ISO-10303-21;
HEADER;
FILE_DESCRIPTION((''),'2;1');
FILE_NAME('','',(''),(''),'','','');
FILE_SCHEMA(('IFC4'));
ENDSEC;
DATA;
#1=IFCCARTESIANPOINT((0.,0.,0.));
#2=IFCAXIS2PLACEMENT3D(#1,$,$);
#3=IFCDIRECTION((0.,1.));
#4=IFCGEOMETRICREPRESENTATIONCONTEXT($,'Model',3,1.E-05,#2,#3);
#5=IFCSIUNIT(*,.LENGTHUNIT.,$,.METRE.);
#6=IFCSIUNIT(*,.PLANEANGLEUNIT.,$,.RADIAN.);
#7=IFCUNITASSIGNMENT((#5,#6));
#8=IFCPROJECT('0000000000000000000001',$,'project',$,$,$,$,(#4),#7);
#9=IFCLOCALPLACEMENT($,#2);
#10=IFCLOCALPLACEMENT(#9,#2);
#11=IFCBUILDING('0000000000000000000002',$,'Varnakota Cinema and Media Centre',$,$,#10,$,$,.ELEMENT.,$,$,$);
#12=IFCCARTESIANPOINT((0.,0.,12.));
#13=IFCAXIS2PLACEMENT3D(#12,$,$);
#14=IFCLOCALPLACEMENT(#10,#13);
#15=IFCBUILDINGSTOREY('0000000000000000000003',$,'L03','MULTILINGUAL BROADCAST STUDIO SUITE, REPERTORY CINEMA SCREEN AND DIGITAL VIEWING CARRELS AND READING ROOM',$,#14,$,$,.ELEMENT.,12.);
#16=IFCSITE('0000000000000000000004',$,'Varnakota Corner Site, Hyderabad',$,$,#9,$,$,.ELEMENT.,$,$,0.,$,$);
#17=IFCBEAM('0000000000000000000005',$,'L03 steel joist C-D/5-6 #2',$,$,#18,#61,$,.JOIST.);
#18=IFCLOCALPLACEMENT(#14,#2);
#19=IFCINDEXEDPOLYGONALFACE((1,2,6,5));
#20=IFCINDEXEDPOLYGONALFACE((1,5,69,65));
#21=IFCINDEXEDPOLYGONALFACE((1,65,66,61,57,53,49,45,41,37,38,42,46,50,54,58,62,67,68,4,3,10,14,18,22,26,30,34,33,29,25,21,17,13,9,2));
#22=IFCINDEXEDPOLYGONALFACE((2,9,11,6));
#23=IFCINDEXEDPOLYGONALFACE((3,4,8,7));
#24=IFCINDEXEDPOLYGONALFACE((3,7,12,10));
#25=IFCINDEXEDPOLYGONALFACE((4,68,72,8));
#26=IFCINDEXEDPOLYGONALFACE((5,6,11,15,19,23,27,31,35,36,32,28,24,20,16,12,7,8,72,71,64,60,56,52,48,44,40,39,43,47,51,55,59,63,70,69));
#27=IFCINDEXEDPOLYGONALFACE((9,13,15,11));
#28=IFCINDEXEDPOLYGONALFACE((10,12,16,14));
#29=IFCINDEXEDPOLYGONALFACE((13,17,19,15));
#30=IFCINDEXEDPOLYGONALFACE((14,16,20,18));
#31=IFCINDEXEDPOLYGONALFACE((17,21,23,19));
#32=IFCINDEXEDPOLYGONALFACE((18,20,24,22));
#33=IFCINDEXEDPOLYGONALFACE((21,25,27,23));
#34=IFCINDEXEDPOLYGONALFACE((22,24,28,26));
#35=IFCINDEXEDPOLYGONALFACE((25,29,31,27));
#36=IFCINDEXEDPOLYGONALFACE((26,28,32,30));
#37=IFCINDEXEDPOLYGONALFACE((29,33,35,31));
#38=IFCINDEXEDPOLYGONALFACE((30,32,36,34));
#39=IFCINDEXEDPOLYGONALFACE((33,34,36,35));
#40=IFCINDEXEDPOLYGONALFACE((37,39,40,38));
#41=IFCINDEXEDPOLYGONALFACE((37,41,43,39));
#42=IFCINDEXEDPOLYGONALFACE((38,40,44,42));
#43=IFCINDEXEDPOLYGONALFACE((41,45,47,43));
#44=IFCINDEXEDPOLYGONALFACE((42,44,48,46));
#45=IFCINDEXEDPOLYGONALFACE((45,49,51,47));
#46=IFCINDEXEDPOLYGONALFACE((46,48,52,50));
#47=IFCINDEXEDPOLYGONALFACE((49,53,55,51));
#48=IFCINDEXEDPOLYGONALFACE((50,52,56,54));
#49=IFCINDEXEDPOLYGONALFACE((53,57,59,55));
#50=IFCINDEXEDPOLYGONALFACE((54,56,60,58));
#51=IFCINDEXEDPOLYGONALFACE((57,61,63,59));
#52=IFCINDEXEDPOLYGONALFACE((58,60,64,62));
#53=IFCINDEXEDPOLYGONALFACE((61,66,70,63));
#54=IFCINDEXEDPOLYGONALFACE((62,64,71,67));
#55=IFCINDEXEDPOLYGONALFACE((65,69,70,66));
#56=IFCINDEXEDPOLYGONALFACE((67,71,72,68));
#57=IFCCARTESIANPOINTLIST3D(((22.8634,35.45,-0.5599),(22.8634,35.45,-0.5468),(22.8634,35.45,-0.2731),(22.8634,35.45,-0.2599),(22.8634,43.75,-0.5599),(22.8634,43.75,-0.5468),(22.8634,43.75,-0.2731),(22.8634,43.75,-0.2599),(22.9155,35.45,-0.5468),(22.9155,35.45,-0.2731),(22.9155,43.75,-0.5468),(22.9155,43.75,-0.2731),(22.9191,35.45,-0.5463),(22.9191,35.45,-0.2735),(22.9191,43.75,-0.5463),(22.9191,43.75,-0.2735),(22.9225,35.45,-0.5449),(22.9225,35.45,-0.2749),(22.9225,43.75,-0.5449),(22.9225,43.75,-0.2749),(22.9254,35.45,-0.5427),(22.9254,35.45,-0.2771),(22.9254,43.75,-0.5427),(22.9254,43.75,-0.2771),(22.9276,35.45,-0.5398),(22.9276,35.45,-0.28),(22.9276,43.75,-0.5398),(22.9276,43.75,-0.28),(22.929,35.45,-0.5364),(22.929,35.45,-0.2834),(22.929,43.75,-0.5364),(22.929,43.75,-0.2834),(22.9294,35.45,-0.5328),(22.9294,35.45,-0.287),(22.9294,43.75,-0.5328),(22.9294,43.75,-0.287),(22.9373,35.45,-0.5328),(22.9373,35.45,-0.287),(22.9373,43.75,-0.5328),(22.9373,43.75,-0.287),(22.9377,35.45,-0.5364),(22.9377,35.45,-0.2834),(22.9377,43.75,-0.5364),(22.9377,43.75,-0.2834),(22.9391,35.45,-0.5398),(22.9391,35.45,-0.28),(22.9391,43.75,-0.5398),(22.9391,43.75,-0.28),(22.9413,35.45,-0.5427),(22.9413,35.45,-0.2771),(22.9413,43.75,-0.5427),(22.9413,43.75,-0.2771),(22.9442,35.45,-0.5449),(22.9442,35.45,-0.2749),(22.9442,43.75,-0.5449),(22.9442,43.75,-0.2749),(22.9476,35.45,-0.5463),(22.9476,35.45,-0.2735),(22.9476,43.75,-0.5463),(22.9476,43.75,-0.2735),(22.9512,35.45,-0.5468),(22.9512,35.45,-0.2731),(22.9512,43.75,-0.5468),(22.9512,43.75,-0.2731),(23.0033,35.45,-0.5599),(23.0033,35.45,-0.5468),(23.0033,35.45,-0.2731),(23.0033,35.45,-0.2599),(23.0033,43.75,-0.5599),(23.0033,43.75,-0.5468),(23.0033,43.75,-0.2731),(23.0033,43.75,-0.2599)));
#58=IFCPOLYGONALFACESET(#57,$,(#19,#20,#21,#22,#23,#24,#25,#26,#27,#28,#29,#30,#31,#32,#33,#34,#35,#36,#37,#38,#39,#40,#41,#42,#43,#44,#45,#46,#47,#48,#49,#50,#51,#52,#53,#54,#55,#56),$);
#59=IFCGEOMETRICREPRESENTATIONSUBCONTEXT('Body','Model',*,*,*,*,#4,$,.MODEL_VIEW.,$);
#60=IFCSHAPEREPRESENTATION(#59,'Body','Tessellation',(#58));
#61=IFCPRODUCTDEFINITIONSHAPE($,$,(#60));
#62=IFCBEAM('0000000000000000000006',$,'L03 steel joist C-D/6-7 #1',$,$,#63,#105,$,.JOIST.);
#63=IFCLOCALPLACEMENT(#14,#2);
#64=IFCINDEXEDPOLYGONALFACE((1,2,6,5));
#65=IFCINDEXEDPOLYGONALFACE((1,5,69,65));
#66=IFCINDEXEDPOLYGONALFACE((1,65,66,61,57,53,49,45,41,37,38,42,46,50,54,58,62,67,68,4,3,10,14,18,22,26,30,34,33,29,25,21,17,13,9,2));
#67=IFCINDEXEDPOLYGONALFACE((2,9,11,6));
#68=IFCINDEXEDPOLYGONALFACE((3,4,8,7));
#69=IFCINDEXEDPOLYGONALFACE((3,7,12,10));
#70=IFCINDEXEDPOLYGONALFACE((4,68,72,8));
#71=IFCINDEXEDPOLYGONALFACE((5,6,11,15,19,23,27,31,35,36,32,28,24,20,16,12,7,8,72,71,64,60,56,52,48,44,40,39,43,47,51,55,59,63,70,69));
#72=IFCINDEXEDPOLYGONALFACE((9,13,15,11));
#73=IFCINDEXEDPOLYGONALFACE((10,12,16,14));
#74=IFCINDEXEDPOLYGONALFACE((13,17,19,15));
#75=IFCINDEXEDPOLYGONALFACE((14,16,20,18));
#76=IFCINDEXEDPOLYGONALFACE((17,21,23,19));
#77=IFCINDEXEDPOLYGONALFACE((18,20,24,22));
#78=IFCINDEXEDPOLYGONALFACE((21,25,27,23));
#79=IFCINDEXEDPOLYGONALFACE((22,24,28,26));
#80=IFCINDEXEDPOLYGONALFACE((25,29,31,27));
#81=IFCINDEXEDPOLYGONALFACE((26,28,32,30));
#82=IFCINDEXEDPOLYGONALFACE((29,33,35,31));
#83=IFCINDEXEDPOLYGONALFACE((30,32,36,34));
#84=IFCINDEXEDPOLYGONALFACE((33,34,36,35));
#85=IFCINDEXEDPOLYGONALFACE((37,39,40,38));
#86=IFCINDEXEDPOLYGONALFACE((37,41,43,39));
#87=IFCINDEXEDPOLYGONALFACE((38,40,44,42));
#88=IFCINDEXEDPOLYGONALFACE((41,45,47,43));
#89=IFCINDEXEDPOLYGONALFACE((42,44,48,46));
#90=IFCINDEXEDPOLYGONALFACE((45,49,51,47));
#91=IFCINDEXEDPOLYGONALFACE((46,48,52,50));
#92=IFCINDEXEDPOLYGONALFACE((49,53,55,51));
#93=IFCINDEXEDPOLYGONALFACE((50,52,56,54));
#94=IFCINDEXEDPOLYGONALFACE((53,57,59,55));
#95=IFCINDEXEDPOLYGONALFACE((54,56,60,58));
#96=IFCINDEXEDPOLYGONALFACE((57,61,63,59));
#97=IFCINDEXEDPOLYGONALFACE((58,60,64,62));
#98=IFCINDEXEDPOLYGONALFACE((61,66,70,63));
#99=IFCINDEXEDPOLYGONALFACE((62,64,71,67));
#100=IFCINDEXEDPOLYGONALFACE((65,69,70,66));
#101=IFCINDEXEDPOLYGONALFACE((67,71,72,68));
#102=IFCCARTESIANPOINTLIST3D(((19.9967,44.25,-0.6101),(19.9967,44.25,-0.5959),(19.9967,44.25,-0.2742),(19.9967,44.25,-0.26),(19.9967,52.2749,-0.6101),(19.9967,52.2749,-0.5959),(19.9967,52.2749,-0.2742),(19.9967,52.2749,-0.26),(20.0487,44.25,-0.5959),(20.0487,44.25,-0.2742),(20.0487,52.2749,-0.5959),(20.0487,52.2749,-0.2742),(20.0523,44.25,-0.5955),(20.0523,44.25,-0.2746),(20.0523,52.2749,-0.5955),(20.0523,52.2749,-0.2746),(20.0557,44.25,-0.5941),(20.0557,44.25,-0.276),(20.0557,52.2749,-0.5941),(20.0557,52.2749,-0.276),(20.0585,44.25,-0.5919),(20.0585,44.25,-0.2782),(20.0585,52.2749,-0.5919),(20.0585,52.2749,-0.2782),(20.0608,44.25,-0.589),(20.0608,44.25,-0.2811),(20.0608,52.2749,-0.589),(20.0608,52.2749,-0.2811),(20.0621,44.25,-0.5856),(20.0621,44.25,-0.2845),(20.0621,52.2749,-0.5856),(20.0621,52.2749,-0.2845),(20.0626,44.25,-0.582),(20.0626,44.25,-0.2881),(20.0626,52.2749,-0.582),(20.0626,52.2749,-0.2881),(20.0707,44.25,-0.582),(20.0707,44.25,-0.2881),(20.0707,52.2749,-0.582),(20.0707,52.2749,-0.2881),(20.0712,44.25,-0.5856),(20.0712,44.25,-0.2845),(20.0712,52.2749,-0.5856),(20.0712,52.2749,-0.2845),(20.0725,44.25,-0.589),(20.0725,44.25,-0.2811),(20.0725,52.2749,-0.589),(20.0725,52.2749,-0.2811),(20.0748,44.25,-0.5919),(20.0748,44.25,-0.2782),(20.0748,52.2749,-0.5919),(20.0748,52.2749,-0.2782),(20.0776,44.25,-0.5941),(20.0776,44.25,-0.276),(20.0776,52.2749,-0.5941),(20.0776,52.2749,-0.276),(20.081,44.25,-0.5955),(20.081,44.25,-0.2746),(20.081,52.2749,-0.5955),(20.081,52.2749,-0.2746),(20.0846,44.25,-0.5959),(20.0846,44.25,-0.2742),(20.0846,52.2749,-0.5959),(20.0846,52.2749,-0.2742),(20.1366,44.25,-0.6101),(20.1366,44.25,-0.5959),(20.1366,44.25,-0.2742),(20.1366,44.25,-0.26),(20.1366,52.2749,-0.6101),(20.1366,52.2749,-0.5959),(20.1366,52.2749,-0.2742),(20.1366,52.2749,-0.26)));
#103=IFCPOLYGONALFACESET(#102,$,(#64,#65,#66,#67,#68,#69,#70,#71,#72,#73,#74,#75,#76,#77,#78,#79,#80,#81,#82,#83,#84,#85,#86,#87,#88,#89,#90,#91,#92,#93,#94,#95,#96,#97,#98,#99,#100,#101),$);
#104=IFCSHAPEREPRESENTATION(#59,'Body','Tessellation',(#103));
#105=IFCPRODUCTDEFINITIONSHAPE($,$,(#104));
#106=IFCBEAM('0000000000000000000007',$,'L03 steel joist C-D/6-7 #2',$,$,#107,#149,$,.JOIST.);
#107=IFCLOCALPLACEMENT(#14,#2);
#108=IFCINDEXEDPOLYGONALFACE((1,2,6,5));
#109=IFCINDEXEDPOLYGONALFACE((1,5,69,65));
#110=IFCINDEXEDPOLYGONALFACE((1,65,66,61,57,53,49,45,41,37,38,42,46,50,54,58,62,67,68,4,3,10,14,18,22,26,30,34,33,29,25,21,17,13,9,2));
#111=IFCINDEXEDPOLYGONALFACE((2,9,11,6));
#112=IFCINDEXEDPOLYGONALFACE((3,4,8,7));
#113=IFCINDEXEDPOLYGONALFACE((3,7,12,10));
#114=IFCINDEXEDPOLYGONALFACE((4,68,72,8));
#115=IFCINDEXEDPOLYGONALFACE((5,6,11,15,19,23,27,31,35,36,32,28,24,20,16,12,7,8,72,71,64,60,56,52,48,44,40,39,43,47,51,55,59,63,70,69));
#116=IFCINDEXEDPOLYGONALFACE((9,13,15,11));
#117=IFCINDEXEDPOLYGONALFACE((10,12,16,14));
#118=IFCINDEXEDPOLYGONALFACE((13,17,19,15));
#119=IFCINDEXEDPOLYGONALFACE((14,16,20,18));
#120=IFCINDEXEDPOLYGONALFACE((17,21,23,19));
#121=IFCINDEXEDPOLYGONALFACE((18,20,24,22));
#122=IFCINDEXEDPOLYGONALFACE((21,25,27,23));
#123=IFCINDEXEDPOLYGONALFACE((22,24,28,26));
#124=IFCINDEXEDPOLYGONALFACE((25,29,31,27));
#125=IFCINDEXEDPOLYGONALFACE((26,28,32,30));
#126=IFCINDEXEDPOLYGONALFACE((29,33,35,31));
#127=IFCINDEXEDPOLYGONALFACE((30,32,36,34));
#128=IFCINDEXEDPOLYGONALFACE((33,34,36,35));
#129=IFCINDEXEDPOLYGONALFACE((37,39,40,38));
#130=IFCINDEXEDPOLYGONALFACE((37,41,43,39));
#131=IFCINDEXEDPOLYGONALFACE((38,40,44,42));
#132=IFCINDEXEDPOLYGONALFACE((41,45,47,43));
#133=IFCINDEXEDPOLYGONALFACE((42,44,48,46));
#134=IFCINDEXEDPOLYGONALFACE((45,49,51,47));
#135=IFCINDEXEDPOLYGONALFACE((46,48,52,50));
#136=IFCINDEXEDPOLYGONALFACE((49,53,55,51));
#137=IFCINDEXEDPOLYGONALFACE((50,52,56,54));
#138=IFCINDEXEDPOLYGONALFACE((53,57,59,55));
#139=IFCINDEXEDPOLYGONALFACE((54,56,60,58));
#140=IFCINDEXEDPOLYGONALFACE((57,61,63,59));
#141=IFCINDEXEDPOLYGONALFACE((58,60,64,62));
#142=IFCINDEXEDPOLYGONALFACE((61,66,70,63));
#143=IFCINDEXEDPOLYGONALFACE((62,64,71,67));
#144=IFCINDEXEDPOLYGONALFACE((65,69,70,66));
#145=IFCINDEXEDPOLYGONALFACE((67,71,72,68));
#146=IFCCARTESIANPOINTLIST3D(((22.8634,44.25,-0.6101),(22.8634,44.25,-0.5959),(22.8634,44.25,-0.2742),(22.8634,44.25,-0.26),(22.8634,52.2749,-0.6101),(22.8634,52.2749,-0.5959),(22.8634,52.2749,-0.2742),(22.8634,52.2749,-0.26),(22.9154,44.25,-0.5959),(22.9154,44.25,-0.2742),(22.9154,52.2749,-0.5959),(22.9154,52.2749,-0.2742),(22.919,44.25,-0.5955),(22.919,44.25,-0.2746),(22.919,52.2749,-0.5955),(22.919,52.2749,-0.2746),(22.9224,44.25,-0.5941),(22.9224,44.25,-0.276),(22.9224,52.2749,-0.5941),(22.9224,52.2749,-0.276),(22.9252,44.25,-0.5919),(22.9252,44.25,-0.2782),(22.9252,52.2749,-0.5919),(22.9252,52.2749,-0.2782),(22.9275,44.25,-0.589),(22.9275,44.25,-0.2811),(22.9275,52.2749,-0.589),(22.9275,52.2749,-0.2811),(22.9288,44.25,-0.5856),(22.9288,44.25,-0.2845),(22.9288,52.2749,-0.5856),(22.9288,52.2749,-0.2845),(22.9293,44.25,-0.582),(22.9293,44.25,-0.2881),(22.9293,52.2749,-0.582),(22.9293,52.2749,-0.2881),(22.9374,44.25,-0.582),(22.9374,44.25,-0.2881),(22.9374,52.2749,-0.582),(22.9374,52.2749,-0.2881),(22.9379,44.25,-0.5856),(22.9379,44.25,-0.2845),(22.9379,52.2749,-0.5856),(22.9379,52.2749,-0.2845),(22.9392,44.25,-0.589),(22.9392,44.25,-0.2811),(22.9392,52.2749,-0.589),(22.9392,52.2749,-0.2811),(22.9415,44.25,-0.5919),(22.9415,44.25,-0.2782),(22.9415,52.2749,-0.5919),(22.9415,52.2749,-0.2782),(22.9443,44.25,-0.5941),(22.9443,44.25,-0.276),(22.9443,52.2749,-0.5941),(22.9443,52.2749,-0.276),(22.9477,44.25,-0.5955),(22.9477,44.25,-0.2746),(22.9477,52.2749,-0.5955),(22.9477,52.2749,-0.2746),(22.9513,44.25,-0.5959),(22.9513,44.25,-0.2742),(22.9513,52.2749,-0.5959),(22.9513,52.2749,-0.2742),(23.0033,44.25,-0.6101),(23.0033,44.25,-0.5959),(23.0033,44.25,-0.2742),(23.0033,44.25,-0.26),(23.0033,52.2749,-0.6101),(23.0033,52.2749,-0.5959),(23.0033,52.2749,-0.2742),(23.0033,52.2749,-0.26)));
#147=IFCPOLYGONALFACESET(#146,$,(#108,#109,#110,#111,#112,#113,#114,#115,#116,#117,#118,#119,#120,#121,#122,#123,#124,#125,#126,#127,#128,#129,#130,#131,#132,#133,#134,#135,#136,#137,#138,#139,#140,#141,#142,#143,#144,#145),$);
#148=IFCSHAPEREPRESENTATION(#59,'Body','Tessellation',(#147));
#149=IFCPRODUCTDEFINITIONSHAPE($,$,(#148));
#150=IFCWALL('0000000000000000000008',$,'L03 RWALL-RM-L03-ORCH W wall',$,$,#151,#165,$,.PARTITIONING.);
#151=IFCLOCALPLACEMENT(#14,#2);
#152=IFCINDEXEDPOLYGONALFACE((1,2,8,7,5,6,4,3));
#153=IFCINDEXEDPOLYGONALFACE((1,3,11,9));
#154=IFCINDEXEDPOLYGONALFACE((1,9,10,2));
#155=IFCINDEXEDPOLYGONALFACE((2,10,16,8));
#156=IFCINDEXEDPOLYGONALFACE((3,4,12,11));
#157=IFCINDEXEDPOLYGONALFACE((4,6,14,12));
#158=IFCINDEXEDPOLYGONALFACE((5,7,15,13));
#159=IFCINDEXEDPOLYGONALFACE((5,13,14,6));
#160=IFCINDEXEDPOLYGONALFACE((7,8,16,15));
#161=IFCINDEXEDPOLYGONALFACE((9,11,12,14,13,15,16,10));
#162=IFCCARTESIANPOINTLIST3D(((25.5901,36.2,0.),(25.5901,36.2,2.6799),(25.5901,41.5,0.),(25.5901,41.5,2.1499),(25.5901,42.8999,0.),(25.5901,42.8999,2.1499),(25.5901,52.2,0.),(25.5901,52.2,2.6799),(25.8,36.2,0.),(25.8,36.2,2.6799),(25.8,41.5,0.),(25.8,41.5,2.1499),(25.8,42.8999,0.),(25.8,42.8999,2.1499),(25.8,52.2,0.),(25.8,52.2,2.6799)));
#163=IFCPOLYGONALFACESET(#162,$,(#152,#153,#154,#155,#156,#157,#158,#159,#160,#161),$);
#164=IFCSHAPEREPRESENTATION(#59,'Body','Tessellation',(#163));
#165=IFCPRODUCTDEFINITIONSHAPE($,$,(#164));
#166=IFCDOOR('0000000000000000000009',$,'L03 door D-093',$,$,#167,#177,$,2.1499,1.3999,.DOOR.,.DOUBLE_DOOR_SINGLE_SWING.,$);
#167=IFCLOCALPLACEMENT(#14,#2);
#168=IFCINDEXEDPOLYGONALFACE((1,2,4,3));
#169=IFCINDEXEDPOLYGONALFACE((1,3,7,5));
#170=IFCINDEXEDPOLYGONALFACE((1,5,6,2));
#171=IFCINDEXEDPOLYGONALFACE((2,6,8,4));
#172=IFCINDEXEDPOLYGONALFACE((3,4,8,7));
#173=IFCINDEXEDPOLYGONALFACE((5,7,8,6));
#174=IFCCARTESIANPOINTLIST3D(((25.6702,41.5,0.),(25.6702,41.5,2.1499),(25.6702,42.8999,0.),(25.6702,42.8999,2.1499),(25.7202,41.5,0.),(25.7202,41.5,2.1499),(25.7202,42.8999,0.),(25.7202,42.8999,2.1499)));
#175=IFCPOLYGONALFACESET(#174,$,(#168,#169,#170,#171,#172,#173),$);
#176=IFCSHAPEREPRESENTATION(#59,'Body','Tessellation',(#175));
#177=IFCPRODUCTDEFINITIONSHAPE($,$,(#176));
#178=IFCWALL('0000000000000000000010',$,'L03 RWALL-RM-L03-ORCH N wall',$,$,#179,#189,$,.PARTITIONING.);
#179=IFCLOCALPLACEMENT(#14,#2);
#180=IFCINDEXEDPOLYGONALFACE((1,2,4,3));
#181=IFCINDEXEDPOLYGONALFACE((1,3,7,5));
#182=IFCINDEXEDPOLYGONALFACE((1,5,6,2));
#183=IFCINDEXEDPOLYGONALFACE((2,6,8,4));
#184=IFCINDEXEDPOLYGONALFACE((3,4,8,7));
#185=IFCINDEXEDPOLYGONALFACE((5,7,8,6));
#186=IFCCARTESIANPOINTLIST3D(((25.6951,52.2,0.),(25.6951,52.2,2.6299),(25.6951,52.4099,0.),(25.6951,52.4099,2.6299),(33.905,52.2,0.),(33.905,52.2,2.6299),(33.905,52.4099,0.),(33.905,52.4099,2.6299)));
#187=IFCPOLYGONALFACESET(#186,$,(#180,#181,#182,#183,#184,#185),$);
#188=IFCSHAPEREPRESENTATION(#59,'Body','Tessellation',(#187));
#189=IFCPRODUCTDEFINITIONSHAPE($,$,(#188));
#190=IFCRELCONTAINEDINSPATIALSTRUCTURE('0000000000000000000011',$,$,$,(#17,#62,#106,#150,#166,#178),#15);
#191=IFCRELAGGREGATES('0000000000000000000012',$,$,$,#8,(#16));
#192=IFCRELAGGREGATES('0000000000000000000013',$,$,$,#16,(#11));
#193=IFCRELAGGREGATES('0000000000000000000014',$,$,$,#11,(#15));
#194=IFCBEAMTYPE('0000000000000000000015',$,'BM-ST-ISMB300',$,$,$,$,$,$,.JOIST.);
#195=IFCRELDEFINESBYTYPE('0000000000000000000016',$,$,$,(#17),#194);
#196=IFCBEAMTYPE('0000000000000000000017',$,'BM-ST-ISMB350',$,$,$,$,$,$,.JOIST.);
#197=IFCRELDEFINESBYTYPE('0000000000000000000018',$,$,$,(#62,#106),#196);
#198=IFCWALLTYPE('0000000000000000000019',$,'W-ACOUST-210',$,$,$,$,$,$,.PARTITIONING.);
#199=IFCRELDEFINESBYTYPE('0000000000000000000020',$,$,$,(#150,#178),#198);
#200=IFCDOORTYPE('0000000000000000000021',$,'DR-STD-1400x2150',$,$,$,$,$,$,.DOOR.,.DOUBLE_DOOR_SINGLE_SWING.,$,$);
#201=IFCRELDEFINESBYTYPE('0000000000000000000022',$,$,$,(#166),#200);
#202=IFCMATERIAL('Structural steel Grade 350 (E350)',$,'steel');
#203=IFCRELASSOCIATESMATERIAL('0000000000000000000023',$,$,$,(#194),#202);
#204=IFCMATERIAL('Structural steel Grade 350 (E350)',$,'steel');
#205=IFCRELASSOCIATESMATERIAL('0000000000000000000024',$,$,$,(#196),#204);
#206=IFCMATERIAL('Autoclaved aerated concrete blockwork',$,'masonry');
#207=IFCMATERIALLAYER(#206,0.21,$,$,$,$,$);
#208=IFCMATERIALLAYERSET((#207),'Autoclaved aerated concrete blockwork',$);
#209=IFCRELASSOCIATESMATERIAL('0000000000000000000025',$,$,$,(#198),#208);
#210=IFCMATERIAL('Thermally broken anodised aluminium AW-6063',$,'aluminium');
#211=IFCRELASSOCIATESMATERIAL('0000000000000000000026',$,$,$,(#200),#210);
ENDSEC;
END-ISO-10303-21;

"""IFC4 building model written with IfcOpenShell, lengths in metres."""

from ifc_helpers import new_model, si_unit, direction, frame, frame_2d, origin, origin_2d, place, context, subcontext, project, spatial, rectangle, i_section, extrude, material, layer, layer_set, material_profile, profile_set, type_object, element, fill, save


model = new_model("IFC4")

# Units and contexts
model_context = context("Model", 3, precision=1e-05, world=origin(), true_north=direction((0.0, 1.0)))
body_context = subcontext(model_context, "Body", "Model", "MODEL_VIEW")
ifc_project = project(units=[si_unit("LENGTHUNIT", "METRE"), si_unit("PLANEANGLEUNIT", "RADIAN")], contexts=[model_context])

# Site, building, storey
site_placement = place(None, origin())
site = spatial("IfcSite", under=ifc_project, at=site_placement, Name="Varnakota Corner Site, Hyderabad", CompositionType="ELEMENT", RefElevation=0.0)
building_placement = place(site_placement, origin())
building = spatial("IfcBuilding", under=site, at=building_placement, Name="Varnakota Cinema and Media Centre", CompositionType="ELEMENT")
storey_placement = place(building_placement, frame((0.0, 0.0, 12.0)))
storey = spatial("IfcBuildingStorey", under=building, at=storey_placement, Name="L03", Description="MULTILINGUAL BROADCAST STUDIO SUITE, REPERTORY CINEMA SCREEN AND DIGITAL VIEWING CARRELS AND READING ROOM", CompositionType="ELEMENT", Elevation=12.0)

# Beams
ifc_material_1 = material(Name="Structural steel Grade 350 (E350)", Category="steel")
ifc_material_profile_1 = material_profile(ifc_material_1, i_section(OverallWidth=0.1399, OverallDepth=0.3, WebThickness=0.0078, FlangeThickness=0.0132, FilletRadius=0.0139, at=origin_2d()), Name="ISMB 300")
ifc_profile_set_1 = profile_set([ifc_material_profile_1], Name="Structural steel Grade 350 (E350)")
beam_type_1 = type_object("IfcBeamType", Name="BM-ST-ISMB300", PredefinedType="JOIST", material=ifc_profile_set_1)
beam_1_placement = place(storey_placement, frame((22.9333, 35.45, -0.4099), z_axis=(0.0, 1.0, 0.0), x_axis=(-1.0, 0.0, 0.0)))
element("IfcBeam", 1, at=beam_1_placement, inside=storey, type_object=beam_type_1, Name="L03 steel joist C-D/5-6 #2", PredefinedType="JOIST", context=body_context, shape_type="SweptSolid", body=[
    extrude(i_section(OverallWidth=0.1399, OverallDepth=0.3, WebThickness=0.0078, FlangeThickness=0.0132, FilletRadius=0.0139, at=origin_2d()), origin(), (0.0, 0.0, 1.0), 8.3),
])
ifc_material_2 = material(Name="Structural steel Grade 350 (E350)", Category="steel")
ifc_material_profile_2 = material_profile(ifc_material_2, i_section(OverallWidth=0.1399, OverallDepth=0.3501, WebThickness=0.0081, FlangeThickness=0.0142, FilletRadius=0.0139, at=origin_2d()), Name="ISMB 350")
ifc_profile_set_2 = profile_set([ifc_material_profile_2], Name="Structural steel Grade 350 (E350)")
beam_type_2 = type_object("IfcBeamType", Name="BM-ST-ISMB350", PredefinedType="JOIST", material=ifc_profile_set_2)
for number, where, z_axis, x_axis, name in (
    (2, (20.0667, 44.25, -0.4351), (0.0, 1.0, 0.0), (-1.0, 0.0, 0.0), "L03 steel joist C-D/6-7 #1"),
    (3, (22.9333, 44.25, -0.4351), (0.0, 1.0, 0.0), (-1.0, 0.0, 0.0), "L03 steel joist C-D/6-7 #2"),
):
    element("IfcBeam", number, at=place(storey_placement, frame(where, z_axis=z_axis, x_axis=x_axis)), inside=storey, type_object=beam_type_2, Name=name, PredefinedType="JOIST", context=body_context, shape_type="SweptSolid", body=[
        extrude(i_section(OverallWidth=0.1399, OverallDepth=0.3501, WebThickness=0.0081, FlangeThickness=0.0142, FilletRadius=0.0139, at=origin_2d()), origin(), (0.0, 0.0, 1.0), 8.0249),
    ])

# Wall, opening, door
ifc_material_3 = material(Name="Autoclaved aerated concrete blockwork", Category="masonry")
ifc_layer_1 = layer(ifc_material_3, 0.21)
ifc_layer_set_1 = layer_set([ifc_layer_1], Name="Autoclaved aerated concrete blockwork")
wall_type_1 = type_object("IfcWallType", Name="W-ACOUST-210", PredefinedType="PARTITIONING", material=ifc_layer_set_1)
wall_1_placement = place(storey_placement, frame((25.6951, 36.2, 0.0), z_axis=(0.0, 0.0, 1.0), x_axis=(0.0, 1.0, 0.0)))
wall_1 = element("IfcWall", 4, at=wall_1_placement, inside=storey, type_object=wall_type_1, Name="L03 RWALL-RM-L03-ORCH W wall", PredefinedType="PARTITIONING", context=body_context, shape_type="SweptSolid", body=[
    extrude(rectangle(XDim=16.0, YDim=0.21, at=frame_2d((8.0, 0.0))), origin(), (0.0, 0.0, 1.0), 2.6799),
])
opening_1_placement = place(wall_1_placement, frame((5.3, 0.0, 0.0)))
opening_1 = element("IfcOpeningElement", 5, at=opening_1_placement, cuts=wall_1, PredefinedType="OPENING", context=body_context, shape_type="SweptSolid", body=[
    extrude(rectangle(XDim=1.3999, YDim=2.1499, at=frame_2d((0.7, 1.075))), frame((0.0, 0.105, 0.0), z_axis=(0.0, -1.0, 0.0), x_axis=(1.0, 0.0, 0.0)), (0.0, 0.0, 1.0), 0.21),
])
ifc_material_4 = material(Name="Thermally broken anodised aluminium AW-6063", Category="aluminium")
door_type_1 = type_object("IfcDoorType", Name="DR-STD-1400x2150", OperationType="DOUBLE_DOOR_SINGLE_SWING", PredefinedType="DOOR", material=ifc_material_4)
door_1_placement = place(opening_1_placement, origin())
door_1 = element("IfcDoor", 6, at=door_1_placement, inside=storey, type_object=door_type_1, Name="L03 door D-093", OperationType="DOUBLE_DOOR_SINGLE_SWING", OverallHeight=2.1499, OverallWidth=1.3999, PredefinedType="DOOR", context=body_context, shape_type="SweptSolid", body=[
    extrude(rectangle(XDim=1.3999, YDim=2.1499, at=frame_2d((0.7, 1.075))), frame((0.0, 0.0249, 0.0), z_axis=(0.0, -1.0, 0.0), x_axis=(1.0, 0.0, 0.0)), (0.0, 0.0, 1.0), 0.05),
])
fill(opening_1, door_1)

# Wall
wall_2_placement = place(storey_placement, frame((25.6951, 52.3049, 0.0), z_axis=(0.0, 0.0, 1.0), x_axis=(1.0, 0.0, 0.0)))
element("IfcWall", 7, at=wall_2_placement, inside=storey, type_object=wall_type_1, Name="L03 RWALL-RM-L03-ORCH N wall", PredefinedType="PARTITIONING", context=body_context, shape_type="SweptSolid", body=[
    extrude(rectangle(XDim=8.21, YDim=0.21, at=frame_2d((4.105, 0.0))), origin(), (0.0, 0.0, 1.0), 2.6299),
])

save(model, "model.ifc")
